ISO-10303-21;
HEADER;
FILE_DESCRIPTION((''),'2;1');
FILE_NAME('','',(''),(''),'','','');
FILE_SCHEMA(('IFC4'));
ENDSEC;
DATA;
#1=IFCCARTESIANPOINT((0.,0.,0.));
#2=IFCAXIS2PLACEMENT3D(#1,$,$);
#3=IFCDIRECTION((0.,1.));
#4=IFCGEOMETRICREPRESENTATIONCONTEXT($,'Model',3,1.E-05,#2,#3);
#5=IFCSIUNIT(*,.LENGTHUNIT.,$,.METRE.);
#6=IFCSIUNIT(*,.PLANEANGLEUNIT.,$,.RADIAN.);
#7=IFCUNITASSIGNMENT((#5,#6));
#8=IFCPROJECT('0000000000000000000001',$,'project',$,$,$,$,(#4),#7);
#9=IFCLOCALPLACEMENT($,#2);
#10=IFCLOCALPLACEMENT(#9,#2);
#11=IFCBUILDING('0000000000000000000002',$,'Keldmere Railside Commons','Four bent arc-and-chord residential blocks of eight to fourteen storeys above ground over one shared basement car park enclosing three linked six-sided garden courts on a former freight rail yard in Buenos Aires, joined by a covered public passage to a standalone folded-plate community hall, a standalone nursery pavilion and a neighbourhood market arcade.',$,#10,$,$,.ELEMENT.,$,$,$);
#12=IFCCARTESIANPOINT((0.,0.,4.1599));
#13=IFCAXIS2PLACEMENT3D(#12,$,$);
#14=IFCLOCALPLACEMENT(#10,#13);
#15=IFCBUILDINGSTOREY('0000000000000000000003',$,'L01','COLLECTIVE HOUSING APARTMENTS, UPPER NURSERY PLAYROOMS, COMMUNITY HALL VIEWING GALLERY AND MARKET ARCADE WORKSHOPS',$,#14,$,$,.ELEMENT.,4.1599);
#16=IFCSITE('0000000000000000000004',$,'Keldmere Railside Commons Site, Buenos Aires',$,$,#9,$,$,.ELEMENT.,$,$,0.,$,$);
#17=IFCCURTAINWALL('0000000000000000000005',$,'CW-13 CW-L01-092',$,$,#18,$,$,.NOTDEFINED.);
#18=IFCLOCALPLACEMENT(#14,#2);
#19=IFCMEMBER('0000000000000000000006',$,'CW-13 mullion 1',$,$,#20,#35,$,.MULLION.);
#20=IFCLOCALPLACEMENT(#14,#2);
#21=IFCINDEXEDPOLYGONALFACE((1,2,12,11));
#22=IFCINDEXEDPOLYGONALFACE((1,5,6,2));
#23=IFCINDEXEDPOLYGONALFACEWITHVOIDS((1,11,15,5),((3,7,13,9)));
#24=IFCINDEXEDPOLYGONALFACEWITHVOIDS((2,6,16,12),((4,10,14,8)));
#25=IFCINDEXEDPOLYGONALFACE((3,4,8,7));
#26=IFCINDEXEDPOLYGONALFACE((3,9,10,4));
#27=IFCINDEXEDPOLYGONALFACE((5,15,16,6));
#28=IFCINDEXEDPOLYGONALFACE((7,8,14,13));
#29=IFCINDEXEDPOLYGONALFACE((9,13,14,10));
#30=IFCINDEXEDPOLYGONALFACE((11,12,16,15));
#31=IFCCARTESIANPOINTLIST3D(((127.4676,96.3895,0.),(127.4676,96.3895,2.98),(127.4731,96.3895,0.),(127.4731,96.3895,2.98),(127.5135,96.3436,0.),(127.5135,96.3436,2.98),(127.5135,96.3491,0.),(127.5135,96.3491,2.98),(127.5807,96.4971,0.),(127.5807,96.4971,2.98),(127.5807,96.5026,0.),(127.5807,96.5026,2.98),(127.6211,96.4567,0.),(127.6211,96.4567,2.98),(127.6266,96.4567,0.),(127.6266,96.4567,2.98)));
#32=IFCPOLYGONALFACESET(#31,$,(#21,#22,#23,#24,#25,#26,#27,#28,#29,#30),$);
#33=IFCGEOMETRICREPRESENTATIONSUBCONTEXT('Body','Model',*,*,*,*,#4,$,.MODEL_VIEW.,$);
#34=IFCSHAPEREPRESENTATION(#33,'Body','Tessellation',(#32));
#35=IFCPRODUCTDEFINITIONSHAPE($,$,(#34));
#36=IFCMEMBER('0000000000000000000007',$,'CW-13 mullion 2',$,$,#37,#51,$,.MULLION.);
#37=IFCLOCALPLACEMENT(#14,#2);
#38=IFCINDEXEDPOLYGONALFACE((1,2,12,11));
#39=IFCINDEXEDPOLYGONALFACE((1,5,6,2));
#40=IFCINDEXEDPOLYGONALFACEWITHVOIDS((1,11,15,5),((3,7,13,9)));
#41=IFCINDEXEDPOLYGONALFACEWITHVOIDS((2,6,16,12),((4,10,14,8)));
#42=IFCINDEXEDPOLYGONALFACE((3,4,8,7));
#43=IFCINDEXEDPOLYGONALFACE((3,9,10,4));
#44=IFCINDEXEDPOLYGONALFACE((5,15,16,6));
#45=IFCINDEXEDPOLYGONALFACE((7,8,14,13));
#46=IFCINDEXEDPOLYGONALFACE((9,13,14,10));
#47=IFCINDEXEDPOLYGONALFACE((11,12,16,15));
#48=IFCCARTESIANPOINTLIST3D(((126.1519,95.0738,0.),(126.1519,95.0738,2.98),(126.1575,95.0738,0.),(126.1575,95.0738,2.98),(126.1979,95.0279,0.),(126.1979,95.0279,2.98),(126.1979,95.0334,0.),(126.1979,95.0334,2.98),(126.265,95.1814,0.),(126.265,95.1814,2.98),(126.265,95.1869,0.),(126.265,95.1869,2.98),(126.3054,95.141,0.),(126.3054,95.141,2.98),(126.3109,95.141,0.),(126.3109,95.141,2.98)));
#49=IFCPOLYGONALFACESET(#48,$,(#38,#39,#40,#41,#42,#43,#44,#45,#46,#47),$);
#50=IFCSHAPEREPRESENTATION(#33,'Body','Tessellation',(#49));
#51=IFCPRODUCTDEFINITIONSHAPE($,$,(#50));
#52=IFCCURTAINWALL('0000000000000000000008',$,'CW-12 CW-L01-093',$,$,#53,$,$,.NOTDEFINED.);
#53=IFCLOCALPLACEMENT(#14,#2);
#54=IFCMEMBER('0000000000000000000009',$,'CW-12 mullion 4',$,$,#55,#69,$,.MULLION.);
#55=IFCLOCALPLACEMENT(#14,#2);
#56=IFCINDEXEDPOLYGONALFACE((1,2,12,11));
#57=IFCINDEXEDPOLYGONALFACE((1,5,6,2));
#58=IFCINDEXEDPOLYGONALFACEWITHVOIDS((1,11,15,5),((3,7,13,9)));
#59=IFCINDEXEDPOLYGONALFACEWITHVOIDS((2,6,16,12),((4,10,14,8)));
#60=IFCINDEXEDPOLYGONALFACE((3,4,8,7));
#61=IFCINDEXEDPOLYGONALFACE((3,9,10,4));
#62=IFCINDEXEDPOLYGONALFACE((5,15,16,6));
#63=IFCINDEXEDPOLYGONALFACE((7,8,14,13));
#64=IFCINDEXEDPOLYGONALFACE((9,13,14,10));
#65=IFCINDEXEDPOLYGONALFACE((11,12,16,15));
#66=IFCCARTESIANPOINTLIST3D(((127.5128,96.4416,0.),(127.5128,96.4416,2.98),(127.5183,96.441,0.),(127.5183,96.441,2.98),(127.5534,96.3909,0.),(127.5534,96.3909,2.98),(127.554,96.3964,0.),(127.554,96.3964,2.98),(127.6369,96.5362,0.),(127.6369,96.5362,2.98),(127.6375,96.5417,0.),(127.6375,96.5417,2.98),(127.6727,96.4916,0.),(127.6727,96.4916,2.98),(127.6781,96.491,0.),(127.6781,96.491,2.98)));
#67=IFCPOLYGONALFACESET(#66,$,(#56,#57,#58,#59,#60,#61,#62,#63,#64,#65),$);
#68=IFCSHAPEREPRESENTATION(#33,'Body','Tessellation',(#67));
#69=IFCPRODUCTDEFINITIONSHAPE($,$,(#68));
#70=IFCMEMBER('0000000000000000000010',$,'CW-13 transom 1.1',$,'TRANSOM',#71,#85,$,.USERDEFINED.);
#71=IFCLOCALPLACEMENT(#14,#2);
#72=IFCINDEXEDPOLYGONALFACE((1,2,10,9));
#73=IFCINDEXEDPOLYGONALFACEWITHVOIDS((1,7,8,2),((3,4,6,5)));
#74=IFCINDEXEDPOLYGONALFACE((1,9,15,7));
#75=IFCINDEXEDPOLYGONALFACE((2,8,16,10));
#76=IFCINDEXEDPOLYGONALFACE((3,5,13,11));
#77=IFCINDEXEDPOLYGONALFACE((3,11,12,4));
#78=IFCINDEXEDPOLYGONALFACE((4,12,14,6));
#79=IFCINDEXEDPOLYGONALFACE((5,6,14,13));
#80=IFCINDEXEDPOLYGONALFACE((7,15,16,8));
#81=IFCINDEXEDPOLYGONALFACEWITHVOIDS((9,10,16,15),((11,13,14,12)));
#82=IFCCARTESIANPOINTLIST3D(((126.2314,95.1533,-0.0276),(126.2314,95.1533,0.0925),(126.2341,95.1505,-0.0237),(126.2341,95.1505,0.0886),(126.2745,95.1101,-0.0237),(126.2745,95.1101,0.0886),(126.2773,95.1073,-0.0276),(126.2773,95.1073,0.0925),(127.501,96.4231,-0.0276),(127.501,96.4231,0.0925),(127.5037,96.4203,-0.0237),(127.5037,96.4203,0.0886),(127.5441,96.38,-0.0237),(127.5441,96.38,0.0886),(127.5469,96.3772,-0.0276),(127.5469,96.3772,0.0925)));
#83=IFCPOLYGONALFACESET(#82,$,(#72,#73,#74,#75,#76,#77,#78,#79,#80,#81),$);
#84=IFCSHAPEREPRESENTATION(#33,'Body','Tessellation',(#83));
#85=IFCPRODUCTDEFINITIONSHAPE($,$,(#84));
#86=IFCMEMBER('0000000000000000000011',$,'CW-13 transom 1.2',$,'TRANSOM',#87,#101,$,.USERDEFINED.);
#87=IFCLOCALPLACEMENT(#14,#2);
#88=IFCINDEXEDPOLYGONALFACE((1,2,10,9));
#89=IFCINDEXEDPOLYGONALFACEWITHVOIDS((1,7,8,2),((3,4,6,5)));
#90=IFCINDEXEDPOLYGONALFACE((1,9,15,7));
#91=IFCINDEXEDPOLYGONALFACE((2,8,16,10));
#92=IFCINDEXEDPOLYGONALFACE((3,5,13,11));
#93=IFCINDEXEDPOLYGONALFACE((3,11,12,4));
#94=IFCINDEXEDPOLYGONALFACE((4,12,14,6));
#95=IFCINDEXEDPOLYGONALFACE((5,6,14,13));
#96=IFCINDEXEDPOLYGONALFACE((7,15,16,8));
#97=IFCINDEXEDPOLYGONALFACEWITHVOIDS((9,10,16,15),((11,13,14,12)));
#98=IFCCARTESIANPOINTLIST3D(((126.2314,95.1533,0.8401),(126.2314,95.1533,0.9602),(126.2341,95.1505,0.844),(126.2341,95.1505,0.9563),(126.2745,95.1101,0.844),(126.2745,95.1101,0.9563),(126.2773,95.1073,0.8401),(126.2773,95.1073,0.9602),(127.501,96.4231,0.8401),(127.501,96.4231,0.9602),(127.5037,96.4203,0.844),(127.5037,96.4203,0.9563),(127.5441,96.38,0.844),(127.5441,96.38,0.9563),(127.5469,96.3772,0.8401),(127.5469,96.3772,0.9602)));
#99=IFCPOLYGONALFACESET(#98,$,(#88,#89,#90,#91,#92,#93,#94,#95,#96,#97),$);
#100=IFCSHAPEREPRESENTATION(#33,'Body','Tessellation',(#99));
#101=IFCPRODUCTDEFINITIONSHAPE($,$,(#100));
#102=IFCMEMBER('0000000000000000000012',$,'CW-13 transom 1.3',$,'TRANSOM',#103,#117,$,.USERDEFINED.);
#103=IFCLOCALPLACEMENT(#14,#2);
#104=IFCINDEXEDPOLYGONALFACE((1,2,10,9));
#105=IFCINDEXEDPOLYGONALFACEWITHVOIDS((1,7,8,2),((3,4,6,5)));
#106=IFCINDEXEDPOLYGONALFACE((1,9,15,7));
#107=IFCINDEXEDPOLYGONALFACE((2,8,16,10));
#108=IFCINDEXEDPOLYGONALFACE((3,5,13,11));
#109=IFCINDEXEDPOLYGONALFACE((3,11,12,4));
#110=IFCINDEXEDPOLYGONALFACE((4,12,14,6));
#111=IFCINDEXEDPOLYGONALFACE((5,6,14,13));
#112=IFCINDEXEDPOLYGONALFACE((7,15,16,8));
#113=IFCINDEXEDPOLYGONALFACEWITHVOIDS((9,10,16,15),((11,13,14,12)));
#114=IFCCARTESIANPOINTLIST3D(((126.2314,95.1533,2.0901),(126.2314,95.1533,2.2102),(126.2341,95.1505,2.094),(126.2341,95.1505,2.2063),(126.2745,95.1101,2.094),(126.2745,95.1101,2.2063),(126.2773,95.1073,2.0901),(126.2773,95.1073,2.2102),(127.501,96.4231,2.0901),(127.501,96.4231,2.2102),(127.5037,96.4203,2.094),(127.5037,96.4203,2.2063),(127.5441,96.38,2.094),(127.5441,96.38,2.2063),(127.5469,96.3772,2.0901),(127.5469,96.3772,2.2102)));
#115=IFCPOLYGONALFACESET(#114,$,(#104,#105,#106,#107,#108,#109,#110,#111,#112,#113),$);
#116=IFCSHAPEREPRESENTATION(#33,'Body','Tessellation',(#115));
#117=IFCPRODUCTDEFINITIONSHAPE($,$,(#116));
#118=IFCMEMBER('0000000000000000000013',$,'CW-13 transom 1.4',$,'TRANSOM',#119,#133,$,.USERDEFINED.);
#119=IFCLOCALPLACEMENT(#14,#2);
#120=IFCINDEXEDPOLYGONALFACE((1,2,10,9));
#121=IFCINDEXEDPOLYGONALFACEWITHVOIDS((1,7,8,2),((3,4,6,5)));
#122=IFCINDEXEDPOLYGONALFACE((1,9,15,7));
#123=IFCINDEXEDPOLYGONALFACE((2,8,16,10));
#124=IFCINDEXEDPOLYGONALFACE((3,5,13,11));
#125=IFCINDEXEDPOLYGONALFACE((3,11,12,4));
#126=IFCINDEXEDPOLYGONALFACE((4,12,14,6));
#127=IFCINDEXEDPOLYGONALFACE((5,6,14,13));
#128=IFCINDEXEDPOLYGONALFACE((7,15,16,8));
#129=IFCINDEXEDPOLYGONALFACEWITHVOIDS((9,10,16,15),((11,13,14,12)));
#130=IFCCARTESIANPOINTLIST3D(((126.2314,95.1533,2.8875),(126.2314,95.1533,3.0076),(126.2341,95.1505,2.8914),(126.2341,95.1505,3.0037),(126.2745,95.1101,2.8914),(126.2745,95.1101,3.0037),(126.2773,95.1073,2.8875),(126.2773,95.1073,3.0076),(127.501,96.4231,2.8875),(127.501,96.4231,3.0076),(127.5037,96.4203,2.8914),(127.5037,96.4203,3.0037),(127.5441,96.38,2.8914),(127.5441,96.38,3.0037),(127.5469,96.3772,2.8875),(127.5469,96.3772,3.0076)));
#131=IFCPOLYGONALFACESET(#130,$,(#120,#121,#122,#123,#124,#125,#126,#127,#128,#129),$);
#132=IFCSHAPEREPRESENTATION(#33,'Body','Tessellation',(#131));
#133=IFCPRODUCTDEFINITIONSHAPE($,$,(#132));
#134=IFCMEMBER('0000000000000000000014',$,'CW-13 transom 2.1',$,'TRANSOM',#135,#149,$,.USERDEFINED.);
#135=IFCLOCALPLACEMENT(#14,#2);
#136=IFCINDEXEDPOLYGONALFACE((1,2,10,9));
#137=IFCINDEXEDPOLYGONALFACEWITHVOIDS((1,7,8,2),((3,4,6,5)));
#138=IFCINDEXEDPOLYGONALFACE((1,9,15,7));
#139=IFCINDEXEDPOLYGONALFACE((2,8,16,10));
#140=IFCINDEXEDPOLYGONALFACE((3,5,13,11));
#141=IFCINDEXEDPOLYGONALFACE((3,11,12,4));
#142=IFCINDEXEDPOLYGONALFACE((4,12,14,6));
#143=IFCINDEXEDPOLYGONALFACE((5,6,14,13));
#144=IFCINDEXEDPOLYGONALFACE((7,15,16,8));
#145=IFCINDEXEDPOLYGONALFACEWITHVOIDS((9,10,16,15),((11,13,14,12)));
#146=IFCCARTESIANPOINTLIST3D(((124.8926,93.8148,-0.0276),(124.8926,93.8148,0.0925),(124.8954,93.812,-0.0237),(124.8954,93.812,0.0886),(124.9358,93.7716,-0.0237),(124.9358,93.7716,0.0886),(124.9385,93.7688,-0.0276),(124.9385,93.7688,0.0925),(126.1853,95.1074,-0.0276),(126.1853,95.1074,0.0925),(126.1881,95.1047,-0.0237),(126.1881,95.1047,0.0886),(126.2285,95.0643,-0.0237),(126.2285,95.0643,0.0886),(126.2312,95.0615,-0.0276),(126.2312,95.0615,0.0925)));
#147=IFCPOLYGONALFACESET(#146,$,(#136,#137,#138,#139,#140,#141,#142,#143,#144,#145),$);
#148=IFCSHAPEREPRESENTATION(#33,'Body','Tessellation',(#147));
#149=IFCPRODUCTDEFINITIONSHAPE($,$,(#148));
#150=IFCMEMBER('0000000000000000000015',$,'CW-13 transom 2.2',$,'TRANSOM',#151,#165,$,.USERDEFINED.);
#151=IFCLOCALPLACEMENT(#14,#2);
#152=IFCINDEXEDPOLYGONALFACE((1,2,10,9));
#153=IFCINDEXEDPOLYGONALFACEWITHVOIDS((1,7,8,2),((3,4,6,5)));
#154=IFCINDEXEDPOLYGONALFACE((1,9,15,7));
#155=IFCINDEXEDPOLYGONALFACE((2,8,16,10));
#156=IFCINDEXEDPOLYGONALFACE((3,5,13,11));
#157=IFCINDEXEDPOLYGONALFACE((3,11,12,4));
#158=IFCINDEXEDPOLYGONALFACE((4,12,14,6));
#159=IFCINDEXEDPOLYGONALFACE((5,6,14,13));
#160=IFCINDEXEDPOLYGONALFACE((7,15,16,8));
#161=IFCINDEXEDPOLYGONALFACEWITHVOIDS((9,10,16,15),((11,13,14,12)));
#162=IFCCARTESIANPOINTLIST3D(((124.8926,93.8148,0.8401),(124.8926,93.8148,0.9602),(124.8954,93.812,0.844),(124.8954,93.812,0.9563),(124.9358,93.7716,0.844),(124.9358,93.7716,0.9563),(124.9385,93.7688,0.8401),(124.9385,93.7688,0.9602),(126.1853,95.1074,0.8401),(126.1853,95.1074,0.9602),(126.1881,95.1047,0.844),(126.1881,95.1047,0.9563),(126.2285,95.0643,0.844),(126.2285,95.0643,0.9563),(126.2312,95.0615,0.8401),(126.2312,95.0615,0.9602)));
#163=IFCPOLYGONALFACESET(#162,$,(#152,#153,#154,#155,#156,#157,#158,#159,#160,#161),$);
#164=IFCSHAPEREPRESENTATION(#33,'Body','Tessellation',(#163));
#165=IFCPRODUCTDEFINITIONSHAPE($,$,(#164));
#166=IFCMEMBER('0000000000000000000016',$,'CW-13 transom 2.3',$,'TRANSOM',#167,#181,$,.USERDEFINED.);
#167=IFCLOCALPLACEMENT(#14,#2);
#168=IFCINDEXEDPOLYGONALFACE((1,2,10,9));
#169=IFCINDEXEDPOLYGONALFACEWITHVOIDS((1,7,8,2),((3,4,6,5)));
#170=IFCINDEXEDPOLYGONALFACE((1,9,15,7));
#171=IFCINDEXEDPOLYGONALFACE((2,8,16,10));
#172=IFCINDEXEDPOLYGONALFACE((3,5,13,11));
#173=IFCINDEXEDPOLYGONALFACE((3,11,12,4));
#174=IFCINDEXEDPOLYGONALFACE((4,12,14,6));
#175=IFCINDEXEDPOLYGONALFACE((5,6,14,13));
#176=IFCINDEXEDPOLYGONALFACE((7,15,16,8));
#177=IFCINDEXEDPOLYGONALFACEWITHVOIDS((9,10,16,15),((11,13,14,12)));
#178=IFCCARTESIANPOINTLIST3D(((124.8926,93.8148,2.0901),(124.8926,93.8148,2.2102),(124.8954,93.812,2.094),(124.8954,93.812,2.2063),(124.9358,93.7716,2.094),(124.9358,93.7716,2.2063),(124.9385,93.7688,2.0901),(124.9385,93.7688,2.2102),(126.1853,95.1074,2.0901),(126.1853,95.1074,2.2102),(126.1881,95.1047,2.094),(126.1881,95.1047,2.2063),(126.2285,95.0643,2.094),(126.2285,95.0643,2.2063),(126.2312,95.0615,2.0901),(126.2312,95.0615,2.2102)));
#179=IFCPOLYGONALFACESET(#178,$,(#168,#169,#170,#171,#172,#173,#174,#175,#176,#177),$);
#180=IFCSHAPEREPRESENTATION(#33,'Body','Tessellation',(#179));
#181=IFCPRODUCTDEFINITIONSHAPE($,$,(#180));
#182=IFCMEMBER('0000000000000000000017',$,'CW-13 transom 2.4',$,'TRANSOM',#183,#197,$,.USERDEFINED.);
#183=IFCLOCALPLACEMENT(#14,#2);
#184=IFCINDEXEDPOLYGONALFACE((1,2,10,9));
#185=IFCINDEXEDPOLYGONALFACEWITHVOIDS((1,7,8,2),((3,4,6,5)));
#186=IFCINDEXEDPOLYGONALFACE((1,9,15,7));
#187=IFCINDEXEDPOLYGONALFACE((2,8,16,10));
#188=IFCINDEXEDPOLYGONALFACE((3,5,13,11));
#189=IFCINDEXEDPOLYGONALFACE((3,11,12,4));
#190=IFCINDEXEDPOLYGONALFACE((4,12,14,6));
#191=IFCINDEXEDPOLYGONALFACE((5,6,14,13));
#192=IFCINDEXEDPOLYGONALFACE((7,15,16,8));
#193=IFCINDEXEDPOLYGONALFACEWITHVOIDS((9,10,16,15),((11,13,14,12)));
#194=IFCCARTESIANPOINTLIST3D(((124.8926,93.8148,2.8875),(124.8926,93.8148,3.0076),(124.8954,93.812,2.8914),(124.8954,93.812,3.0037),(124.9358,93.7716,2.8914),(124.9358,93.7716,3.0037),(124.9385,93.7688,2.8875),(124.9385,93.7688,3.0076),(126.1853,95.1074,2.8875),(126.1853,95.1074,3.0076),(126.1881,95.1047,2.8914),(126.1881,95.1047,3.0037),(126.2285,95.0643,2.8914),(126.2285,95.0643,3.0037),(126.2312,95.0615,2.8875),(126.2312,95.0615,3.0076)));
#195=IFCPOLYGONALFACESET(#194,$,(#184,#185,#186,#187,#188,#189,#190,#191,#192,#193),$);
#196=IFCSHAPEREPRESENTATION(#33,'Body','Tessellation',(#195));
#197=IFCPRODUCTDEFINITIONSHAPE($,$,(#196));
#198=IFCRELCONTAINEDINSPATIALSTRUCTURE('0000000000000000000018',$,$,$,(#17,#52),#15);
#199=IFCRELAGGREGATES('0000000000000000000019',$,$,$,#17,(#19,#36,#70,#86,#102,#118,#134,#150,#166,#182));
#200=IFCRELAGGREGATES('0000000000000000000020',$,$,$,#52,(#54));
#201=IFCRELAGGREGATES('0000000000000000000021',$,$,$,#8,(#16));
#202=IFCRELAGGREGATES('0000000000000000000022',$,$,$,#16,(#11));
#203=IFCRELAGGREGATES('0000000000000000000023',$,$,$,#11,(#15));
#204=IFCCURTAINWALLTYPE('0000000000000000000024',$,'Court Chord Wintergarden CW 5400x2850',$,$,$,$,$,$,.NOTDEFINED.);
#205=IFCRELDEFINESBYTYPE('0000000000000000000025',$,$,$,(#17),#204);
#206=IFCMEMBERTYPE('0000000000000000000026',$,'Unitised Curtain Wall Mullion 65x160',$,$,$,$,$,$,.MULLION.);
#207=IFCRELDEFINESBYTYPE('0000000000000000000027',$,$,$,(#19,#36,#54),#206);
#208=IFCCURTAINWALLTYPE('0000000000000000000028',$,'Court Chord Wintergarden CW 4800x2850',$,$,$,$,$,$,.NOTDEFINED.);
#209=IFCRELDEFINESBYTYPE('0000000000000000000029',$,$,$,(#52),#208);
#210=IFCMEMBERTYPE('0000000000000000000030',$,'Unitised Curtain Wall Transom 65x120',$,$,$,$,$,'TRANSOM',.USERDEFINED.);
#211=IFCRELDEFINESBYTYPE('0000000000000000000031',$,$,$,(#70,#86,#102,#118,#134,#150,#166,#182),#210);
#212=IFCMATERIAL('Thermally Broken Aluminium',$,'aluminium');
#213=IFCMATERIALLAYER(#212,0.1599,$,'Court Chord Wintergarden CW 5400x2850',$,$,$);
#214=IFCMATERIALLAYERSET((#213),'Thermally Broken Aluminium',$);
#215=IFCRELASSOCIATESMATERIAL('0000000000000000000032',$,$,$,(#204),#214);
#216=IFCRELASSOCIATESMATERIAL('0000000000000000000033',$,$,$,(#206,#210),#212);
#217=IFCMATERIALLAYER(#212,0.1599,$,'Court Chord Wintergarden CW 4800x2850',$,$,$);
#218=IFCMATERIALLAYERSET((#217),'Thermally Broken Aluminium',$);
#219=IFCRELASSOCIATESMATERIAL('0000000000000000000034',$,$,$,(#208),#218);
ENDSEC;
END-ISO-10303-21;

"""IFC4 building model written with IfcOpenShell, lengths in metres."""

from ifc_helpers import new_model, si_unit, direction, frame, origin, origin_2d, place, context, subcontext, project, spatial, hollow_rectangle, extrude, material, layer, layer_set, material_profile, profile_set, type_object, element, aggregate, save


model = new_model("IFC4")

# Units and contexts
model_context = context("Model", 3, precision=1e-05, world=origin(), true_north=direction((0.0, 1.0)))
body_context = subcontext(model_context, "Body", "Model", "MODEL_VIEW")
ifc_project = project(units=[si_unit("LENGTHUNIT", "METRE"), si_unit("PLANEANGLEUNIT", "RADIAN")], contexts=[model_context])

# Site, building, storey
site_placement = place(None, origin())
site = spatial("IfcSite", under=ifc_project, at=site_placement, Name="Keldmere Railside Commons Site, Buenos Aires", CompositionType="ELEMENT", RefElevation=0.0)
building_placement = place(site_placement, origin())
building = spatial("IfcBuilding", under=site, at=building_placement, Name="Keldmere Railside Commons", Description="Four bent arc-and-chord residential blocks of eight to fourteen storeys above ground over one shared basement car park enclosing three linked six-sided garden courts on a former freight rail yard in Buenos Aires, joined by a covered public passage to a standalone folded-plate community hall, a standalone nursery pavilion and a neighbourhood market arcade.", CompositionType="ELEMENT")
storey_placement = place(building_placement, frame((0.0, 0.0, 4.1599)))
storey = spatial("IfcBuildingStorey", under=building, at=storey_placement, Name="L01", Description="COLLECTIVE HOUSING APARTMENTS, UPPER NURSERY PLAYROOMS, COMMUNITY HALL VIEWING GALLERY AND MARKET ARCADE WORKSHOPS", CompositionType="ELEMENT", Elevation=4.1599)

# Curtain wall, members
ifc_material_1 = material(Name="Thermally Broken Aluminium", Category="aluminium")
ifc_layer_1 = layer(ifc_material_1, 0.1599, Name="Court Chord Wintergarden CW 5400x2850")
ifc_layer_set_1 = layer_set([ifc_layer_1], Name="Thermally Broken Aluminium")
curtain_wall_type_1 = type_object("IfcCurtainWallType", Name="Court Chord Wintergarden CW 5400x2850", PredefinedType="NOTDEFINED", material=ifc_layer_set_1)
curtain_wall_1_placement = place(storey_placement, origin())
curtain_wall_1 = element("IfcCurtainWall", 1, at=curtain_wall_1_placement, inside=storey, type_object=curtain_wall_type_1, Name="CW-13 CW-L01-092", PredefinedType="NOTDEFINED")
ifc_material_profile_1 = material_profile(ifc_material_1, hollow_rectangle(XDim=0.0649, YDim=0.1599, WallThickness=0.0039, at=origin_2d()), Name="ALU-MULL-65x160")
ifc_profile_set_1 = profile_set([ifc_material_profile_1], Name="Thermally Broken Aluminium")
member_type_1 = type_object("IfcMemberType", Name="Unitised Curtain Wall Mullion 65x160", PredefinedType="MULLION", material=ifc_profile_set_1)
member_1_placement = place(storey_placement, frame((127.5471, 96.4231, 0.0), z_axis=(0.0, 0.0, 1.0), x_axis=(0.707107, -0.707107, 0.0)))
member_1 = element("IfcMember", 2, at=member_1_placement, type_object=member_type_1, Name="CW-13 mullion 1", PredefinedType="MULLION", context=body_context, shape_type="SweptSolid", body=[
    extrude(hollow_rectangle(XDim=0.0649, YDim=0.1599, WallThickness=0.0039, at=origin_2d()), origin(), (0.0, 0.0, 1.0), 2.98),
])
member_2_placement = place(storey_placement, frame((126.2314, 95.1074, 0.0), z_axis=(0.0, 0.0, 1.0), x_axis=(0.707107, -0.707107, 0.0)))
member_2 = element("IfcMember", 3, at=member_2_placement, type_object=member_type_1, Name="CW-13 mullion 2", PredefinedType="MULLION", context=body_context, shape_type="SweptSolid", body=[
    extrude(hollow_rectangle(XDim=0.0649, YDim=0.1599, WallThickness=0.0039, at=origin_2d()), origin(), (0.0, 0.0, 1.0), 2.98),
])

# Curtain wall, member
ifc_layer_2 = layer(ifc_material_1, 0.1599, Name="Court Chord Wintergarden CW 4800x2850")
ifc_layer_set_2 = layer_set([ifc_layer_2], Name="Thermally Broken Aluminium")
curtain_wall_type_2 = type_object("IfcCurtainWallType", Name="Court Chord Wintergarden CW 4800x2850", PredefinedType="NOTDEFINED", material=ifc_layer_set_2)
curtain_wall_2_placement = place(storey_placement, origin())
curtain_wall_2 = element("IfcCurtainWall", 4, at=curtain_wall_2_placement, inside=storey, type_object=curtain_wall_type_2, Name="CW-12 CW-L01-093", PredefinedType="NOTDEFINED")
member_3_placement = place(storey_placement, frame((127.5955, 96.4663, 0.0), z_axis=(0.0, 0.0, 1.0), x_axis=(0.625768, -0.780009, 0.0)))
member_3 = element("IfcMember", 5, at=member_3_placement, type_object=member_type_1, Name="CW-12 mullion 4", PredefinedType="MULLION", context=body_context, shape_type="SweptSolid", body=[
    extrude(hollow_rectangle(XDim=0.0649, YDim=0.1599, WallThickness=0.0039, at=origin_2d()), origin(), (0.0, 0.0, 1.0), 2.98),
])

# Members
ifc_material_profile_2 = material_profile(ifc_material_1, hollow_rectangle(XDim=0.0649, YDim=0.1201, WallThickness=0.0039, at=origin_2d()), Name="ALU-TRAN-65x120")
ifc_profile_set_2 = profile_set([ifc_material_profile_2], Name="Thermally Broken Aluminium")
member_type_2 = type_object("IfcMemberType", Name="Unitised Curtain Wall Transom 65x120", ElementType="TRANSOM", PredefinedType="USERDEFINED", material=ifc_profile_set_2)
member_4_placement = place(storey_placement, frame((127.5239, 96.4001, 0.0325), z_axis=(-0.707039, -0.707175, 0.0), x_axis=(0.707175, -0.707039, 0.0)))
member_4 = element("IfcMember", 6, at=member_4_placement, type_object=member_type_2, Name="CW-13 transom 1.1", ObjectType="TRANSOM", PredefinedType="USERDEFINED", context=body_context, shape_type="SweptSolid", body=[
    extrude(hollow_rectangle(XDim=0.0649, YDim=0.1201, WallThickness=0.0039, at=origin_2d()), origin(), (0.0, 0.0, 1.0), 1.7957),
])
member_5_placement = place(storey_placement, frame((127.5239, 96.4001, 0.9001), z_axis=(-0.707039, -0.707175, 0.0), x_axis=(0.707175, -0.707039, 0.0)))
member_5 = element("IfcMember", 7, at=member_5_placement, type_object=member_type_2, Name="CW-13 transom 1.2", ObjectType="TRANSOM", PredefinedType="USERDEFINED", context=body_context, shape_type="SweptSolid", body=[
    extrude(hollow_rectangle(XDim=0.0649, YDim=0.1201, WallThickness=0.0039, at=origin_2d()), origin(), (0.0, 0.0, 1.0), 1.7957),
])
member_6_placement = place(storey_placement, frame((127.5239, 96.4001, 2.1501), z_axis=(-0.707039, -0.707175, 0.0), x_axis=(0.707175, -0.707039, 0.0)))
member_6 = element("IfcMember", 8, at=member_6_placement, type_object=member_type_2, Name="CW-13 transom 1.3", ObjectType="TRANSOM", PredefinedType="USERDEFINED", context=body_context, shape_type="SweptSolid", body=[
    extrude(hollow_rectangle(XDim=0.0649, YDim=0.1201, WallThickness=0.0039, at=origin_2d()), origin(), (0.0, 0.0, 1.0), 1.7957),
])
member_7_placement = place(storey_placement, frame((127.5239, 96.4001, 2.9475), z_axis=(-0.707039, -0.707175, 0.0), x_axis=(0.707175, -0.707039, 0.0)))
member_7 = element("IfcMember", 9, at=member_7_placement, type_object=member_type_2, Name="CW-13 transom 1.4", ObjectType="TRANSOM", PredefinedType="USERDEFINED", context=body_context, shape_type="SweptSolid", body=[
    extrude(hollow_rectangle(XDim=0.0649, YDim=0.1201, WallThickness=0.0039, at=origin_2d()), origin(), (0.0, 0.0, 1.0), 1.7957),
])
member_8_placement = place(storey_placement, frame((126.2083, 95.0845, 0.0325), z_axis=(-0.707107, -0.707107, 0.0), x_axis=(0.707107, -0.707107, 0.0)))
member_8 = element("IfcMember", 10, at=member_8_placement, type_object=member_type_2, Name="CW-13 transom 2.1", ObjectType="TRANSOM", PredefinedType="USERDEFINED", context=body_context, shape_type="SweptSolid", body=[
    extrude(hollow_rectangle(XDim=0.0649, YDim=0.1201, WallThickness=0.0039, at=origin_2d()), origin(), (0.0, 0.0, 1.0), 1.8281),
])
member_9_placement = place(storey_placement, frame((126.2083, 95.0845, 0.9001), z_axis=(-0.707107, -0.707107, 0.0), x_axis=(0.707107, -0.707107, 0.0)))
member_9 = element("IfcMember", 11, at=member_9_placement, type_object=member_type_2, Name="CW-13 transom 2.2", ObjectType="TRANSOM", PredefinedType="USERDEFINED", context=body_context, shape_type="SweptSolid", body=[
    extrude(hollow_rectangle(XDim=0.0649, YDim=0.1201, WallThickness=0.0039, at=origin_2d()), origin(), (0.0, 0.0, 1.0), 1.8281),
])
member_10_placement = place(storey_placement, frame((126.2083, 95.0845, 2.1501), z_axis=(-0.707107, -0.707107, 0.0), x_axis=(0.707107, -0.707107, 0.0)))
member_10 = element("IfcMember", 12, at=member_10_placement, type_object=member_type_2, Name="CW-13 transom 2.3", ObjectType="TRANSOM", PredefinedType="USERDEFINED", context=body_context, shape_type="SweptSolid", body=[
    extrude(hollow_rectangle(XDim=0.0649, YDim=0.1201, WallThickness=0.0039, at=origin_2d()), origin(), (0.0, 0.0, 1.0), 1.8281),
])
member_11_placement = place(storey_placement, frame((126.2083, 95.0845, 2.9475), z_axis=(-0.707107, -0.707107, 0.0), x_axis=(0.707107, -0.707107, 0.0)))
member_11 = element("IfcMember", 13, at=member_11_placement, type_object=member_type_2, Name="CW-13 transom 2.4", ObjectType="TRANSOM", PredefinedType="USERDEFINED", context=body_context, shape_type="SweptSolid", body=[
    extrude(hollow_rectangle(XDim=0.0649, YDim=0.1201, WallThickness=0.0039, at=origin_2d()), origin(), (0.0, 0.0, 1.0), 1.8281),
])

aggregate(curtain_wall_1, [member_1, member_2, member_4, member_5, member_6, member_7, member_8, member_9, member_10, member_11])
aggregate(curtain_wall_2, [member_3])

save(model, "model.ifc")
